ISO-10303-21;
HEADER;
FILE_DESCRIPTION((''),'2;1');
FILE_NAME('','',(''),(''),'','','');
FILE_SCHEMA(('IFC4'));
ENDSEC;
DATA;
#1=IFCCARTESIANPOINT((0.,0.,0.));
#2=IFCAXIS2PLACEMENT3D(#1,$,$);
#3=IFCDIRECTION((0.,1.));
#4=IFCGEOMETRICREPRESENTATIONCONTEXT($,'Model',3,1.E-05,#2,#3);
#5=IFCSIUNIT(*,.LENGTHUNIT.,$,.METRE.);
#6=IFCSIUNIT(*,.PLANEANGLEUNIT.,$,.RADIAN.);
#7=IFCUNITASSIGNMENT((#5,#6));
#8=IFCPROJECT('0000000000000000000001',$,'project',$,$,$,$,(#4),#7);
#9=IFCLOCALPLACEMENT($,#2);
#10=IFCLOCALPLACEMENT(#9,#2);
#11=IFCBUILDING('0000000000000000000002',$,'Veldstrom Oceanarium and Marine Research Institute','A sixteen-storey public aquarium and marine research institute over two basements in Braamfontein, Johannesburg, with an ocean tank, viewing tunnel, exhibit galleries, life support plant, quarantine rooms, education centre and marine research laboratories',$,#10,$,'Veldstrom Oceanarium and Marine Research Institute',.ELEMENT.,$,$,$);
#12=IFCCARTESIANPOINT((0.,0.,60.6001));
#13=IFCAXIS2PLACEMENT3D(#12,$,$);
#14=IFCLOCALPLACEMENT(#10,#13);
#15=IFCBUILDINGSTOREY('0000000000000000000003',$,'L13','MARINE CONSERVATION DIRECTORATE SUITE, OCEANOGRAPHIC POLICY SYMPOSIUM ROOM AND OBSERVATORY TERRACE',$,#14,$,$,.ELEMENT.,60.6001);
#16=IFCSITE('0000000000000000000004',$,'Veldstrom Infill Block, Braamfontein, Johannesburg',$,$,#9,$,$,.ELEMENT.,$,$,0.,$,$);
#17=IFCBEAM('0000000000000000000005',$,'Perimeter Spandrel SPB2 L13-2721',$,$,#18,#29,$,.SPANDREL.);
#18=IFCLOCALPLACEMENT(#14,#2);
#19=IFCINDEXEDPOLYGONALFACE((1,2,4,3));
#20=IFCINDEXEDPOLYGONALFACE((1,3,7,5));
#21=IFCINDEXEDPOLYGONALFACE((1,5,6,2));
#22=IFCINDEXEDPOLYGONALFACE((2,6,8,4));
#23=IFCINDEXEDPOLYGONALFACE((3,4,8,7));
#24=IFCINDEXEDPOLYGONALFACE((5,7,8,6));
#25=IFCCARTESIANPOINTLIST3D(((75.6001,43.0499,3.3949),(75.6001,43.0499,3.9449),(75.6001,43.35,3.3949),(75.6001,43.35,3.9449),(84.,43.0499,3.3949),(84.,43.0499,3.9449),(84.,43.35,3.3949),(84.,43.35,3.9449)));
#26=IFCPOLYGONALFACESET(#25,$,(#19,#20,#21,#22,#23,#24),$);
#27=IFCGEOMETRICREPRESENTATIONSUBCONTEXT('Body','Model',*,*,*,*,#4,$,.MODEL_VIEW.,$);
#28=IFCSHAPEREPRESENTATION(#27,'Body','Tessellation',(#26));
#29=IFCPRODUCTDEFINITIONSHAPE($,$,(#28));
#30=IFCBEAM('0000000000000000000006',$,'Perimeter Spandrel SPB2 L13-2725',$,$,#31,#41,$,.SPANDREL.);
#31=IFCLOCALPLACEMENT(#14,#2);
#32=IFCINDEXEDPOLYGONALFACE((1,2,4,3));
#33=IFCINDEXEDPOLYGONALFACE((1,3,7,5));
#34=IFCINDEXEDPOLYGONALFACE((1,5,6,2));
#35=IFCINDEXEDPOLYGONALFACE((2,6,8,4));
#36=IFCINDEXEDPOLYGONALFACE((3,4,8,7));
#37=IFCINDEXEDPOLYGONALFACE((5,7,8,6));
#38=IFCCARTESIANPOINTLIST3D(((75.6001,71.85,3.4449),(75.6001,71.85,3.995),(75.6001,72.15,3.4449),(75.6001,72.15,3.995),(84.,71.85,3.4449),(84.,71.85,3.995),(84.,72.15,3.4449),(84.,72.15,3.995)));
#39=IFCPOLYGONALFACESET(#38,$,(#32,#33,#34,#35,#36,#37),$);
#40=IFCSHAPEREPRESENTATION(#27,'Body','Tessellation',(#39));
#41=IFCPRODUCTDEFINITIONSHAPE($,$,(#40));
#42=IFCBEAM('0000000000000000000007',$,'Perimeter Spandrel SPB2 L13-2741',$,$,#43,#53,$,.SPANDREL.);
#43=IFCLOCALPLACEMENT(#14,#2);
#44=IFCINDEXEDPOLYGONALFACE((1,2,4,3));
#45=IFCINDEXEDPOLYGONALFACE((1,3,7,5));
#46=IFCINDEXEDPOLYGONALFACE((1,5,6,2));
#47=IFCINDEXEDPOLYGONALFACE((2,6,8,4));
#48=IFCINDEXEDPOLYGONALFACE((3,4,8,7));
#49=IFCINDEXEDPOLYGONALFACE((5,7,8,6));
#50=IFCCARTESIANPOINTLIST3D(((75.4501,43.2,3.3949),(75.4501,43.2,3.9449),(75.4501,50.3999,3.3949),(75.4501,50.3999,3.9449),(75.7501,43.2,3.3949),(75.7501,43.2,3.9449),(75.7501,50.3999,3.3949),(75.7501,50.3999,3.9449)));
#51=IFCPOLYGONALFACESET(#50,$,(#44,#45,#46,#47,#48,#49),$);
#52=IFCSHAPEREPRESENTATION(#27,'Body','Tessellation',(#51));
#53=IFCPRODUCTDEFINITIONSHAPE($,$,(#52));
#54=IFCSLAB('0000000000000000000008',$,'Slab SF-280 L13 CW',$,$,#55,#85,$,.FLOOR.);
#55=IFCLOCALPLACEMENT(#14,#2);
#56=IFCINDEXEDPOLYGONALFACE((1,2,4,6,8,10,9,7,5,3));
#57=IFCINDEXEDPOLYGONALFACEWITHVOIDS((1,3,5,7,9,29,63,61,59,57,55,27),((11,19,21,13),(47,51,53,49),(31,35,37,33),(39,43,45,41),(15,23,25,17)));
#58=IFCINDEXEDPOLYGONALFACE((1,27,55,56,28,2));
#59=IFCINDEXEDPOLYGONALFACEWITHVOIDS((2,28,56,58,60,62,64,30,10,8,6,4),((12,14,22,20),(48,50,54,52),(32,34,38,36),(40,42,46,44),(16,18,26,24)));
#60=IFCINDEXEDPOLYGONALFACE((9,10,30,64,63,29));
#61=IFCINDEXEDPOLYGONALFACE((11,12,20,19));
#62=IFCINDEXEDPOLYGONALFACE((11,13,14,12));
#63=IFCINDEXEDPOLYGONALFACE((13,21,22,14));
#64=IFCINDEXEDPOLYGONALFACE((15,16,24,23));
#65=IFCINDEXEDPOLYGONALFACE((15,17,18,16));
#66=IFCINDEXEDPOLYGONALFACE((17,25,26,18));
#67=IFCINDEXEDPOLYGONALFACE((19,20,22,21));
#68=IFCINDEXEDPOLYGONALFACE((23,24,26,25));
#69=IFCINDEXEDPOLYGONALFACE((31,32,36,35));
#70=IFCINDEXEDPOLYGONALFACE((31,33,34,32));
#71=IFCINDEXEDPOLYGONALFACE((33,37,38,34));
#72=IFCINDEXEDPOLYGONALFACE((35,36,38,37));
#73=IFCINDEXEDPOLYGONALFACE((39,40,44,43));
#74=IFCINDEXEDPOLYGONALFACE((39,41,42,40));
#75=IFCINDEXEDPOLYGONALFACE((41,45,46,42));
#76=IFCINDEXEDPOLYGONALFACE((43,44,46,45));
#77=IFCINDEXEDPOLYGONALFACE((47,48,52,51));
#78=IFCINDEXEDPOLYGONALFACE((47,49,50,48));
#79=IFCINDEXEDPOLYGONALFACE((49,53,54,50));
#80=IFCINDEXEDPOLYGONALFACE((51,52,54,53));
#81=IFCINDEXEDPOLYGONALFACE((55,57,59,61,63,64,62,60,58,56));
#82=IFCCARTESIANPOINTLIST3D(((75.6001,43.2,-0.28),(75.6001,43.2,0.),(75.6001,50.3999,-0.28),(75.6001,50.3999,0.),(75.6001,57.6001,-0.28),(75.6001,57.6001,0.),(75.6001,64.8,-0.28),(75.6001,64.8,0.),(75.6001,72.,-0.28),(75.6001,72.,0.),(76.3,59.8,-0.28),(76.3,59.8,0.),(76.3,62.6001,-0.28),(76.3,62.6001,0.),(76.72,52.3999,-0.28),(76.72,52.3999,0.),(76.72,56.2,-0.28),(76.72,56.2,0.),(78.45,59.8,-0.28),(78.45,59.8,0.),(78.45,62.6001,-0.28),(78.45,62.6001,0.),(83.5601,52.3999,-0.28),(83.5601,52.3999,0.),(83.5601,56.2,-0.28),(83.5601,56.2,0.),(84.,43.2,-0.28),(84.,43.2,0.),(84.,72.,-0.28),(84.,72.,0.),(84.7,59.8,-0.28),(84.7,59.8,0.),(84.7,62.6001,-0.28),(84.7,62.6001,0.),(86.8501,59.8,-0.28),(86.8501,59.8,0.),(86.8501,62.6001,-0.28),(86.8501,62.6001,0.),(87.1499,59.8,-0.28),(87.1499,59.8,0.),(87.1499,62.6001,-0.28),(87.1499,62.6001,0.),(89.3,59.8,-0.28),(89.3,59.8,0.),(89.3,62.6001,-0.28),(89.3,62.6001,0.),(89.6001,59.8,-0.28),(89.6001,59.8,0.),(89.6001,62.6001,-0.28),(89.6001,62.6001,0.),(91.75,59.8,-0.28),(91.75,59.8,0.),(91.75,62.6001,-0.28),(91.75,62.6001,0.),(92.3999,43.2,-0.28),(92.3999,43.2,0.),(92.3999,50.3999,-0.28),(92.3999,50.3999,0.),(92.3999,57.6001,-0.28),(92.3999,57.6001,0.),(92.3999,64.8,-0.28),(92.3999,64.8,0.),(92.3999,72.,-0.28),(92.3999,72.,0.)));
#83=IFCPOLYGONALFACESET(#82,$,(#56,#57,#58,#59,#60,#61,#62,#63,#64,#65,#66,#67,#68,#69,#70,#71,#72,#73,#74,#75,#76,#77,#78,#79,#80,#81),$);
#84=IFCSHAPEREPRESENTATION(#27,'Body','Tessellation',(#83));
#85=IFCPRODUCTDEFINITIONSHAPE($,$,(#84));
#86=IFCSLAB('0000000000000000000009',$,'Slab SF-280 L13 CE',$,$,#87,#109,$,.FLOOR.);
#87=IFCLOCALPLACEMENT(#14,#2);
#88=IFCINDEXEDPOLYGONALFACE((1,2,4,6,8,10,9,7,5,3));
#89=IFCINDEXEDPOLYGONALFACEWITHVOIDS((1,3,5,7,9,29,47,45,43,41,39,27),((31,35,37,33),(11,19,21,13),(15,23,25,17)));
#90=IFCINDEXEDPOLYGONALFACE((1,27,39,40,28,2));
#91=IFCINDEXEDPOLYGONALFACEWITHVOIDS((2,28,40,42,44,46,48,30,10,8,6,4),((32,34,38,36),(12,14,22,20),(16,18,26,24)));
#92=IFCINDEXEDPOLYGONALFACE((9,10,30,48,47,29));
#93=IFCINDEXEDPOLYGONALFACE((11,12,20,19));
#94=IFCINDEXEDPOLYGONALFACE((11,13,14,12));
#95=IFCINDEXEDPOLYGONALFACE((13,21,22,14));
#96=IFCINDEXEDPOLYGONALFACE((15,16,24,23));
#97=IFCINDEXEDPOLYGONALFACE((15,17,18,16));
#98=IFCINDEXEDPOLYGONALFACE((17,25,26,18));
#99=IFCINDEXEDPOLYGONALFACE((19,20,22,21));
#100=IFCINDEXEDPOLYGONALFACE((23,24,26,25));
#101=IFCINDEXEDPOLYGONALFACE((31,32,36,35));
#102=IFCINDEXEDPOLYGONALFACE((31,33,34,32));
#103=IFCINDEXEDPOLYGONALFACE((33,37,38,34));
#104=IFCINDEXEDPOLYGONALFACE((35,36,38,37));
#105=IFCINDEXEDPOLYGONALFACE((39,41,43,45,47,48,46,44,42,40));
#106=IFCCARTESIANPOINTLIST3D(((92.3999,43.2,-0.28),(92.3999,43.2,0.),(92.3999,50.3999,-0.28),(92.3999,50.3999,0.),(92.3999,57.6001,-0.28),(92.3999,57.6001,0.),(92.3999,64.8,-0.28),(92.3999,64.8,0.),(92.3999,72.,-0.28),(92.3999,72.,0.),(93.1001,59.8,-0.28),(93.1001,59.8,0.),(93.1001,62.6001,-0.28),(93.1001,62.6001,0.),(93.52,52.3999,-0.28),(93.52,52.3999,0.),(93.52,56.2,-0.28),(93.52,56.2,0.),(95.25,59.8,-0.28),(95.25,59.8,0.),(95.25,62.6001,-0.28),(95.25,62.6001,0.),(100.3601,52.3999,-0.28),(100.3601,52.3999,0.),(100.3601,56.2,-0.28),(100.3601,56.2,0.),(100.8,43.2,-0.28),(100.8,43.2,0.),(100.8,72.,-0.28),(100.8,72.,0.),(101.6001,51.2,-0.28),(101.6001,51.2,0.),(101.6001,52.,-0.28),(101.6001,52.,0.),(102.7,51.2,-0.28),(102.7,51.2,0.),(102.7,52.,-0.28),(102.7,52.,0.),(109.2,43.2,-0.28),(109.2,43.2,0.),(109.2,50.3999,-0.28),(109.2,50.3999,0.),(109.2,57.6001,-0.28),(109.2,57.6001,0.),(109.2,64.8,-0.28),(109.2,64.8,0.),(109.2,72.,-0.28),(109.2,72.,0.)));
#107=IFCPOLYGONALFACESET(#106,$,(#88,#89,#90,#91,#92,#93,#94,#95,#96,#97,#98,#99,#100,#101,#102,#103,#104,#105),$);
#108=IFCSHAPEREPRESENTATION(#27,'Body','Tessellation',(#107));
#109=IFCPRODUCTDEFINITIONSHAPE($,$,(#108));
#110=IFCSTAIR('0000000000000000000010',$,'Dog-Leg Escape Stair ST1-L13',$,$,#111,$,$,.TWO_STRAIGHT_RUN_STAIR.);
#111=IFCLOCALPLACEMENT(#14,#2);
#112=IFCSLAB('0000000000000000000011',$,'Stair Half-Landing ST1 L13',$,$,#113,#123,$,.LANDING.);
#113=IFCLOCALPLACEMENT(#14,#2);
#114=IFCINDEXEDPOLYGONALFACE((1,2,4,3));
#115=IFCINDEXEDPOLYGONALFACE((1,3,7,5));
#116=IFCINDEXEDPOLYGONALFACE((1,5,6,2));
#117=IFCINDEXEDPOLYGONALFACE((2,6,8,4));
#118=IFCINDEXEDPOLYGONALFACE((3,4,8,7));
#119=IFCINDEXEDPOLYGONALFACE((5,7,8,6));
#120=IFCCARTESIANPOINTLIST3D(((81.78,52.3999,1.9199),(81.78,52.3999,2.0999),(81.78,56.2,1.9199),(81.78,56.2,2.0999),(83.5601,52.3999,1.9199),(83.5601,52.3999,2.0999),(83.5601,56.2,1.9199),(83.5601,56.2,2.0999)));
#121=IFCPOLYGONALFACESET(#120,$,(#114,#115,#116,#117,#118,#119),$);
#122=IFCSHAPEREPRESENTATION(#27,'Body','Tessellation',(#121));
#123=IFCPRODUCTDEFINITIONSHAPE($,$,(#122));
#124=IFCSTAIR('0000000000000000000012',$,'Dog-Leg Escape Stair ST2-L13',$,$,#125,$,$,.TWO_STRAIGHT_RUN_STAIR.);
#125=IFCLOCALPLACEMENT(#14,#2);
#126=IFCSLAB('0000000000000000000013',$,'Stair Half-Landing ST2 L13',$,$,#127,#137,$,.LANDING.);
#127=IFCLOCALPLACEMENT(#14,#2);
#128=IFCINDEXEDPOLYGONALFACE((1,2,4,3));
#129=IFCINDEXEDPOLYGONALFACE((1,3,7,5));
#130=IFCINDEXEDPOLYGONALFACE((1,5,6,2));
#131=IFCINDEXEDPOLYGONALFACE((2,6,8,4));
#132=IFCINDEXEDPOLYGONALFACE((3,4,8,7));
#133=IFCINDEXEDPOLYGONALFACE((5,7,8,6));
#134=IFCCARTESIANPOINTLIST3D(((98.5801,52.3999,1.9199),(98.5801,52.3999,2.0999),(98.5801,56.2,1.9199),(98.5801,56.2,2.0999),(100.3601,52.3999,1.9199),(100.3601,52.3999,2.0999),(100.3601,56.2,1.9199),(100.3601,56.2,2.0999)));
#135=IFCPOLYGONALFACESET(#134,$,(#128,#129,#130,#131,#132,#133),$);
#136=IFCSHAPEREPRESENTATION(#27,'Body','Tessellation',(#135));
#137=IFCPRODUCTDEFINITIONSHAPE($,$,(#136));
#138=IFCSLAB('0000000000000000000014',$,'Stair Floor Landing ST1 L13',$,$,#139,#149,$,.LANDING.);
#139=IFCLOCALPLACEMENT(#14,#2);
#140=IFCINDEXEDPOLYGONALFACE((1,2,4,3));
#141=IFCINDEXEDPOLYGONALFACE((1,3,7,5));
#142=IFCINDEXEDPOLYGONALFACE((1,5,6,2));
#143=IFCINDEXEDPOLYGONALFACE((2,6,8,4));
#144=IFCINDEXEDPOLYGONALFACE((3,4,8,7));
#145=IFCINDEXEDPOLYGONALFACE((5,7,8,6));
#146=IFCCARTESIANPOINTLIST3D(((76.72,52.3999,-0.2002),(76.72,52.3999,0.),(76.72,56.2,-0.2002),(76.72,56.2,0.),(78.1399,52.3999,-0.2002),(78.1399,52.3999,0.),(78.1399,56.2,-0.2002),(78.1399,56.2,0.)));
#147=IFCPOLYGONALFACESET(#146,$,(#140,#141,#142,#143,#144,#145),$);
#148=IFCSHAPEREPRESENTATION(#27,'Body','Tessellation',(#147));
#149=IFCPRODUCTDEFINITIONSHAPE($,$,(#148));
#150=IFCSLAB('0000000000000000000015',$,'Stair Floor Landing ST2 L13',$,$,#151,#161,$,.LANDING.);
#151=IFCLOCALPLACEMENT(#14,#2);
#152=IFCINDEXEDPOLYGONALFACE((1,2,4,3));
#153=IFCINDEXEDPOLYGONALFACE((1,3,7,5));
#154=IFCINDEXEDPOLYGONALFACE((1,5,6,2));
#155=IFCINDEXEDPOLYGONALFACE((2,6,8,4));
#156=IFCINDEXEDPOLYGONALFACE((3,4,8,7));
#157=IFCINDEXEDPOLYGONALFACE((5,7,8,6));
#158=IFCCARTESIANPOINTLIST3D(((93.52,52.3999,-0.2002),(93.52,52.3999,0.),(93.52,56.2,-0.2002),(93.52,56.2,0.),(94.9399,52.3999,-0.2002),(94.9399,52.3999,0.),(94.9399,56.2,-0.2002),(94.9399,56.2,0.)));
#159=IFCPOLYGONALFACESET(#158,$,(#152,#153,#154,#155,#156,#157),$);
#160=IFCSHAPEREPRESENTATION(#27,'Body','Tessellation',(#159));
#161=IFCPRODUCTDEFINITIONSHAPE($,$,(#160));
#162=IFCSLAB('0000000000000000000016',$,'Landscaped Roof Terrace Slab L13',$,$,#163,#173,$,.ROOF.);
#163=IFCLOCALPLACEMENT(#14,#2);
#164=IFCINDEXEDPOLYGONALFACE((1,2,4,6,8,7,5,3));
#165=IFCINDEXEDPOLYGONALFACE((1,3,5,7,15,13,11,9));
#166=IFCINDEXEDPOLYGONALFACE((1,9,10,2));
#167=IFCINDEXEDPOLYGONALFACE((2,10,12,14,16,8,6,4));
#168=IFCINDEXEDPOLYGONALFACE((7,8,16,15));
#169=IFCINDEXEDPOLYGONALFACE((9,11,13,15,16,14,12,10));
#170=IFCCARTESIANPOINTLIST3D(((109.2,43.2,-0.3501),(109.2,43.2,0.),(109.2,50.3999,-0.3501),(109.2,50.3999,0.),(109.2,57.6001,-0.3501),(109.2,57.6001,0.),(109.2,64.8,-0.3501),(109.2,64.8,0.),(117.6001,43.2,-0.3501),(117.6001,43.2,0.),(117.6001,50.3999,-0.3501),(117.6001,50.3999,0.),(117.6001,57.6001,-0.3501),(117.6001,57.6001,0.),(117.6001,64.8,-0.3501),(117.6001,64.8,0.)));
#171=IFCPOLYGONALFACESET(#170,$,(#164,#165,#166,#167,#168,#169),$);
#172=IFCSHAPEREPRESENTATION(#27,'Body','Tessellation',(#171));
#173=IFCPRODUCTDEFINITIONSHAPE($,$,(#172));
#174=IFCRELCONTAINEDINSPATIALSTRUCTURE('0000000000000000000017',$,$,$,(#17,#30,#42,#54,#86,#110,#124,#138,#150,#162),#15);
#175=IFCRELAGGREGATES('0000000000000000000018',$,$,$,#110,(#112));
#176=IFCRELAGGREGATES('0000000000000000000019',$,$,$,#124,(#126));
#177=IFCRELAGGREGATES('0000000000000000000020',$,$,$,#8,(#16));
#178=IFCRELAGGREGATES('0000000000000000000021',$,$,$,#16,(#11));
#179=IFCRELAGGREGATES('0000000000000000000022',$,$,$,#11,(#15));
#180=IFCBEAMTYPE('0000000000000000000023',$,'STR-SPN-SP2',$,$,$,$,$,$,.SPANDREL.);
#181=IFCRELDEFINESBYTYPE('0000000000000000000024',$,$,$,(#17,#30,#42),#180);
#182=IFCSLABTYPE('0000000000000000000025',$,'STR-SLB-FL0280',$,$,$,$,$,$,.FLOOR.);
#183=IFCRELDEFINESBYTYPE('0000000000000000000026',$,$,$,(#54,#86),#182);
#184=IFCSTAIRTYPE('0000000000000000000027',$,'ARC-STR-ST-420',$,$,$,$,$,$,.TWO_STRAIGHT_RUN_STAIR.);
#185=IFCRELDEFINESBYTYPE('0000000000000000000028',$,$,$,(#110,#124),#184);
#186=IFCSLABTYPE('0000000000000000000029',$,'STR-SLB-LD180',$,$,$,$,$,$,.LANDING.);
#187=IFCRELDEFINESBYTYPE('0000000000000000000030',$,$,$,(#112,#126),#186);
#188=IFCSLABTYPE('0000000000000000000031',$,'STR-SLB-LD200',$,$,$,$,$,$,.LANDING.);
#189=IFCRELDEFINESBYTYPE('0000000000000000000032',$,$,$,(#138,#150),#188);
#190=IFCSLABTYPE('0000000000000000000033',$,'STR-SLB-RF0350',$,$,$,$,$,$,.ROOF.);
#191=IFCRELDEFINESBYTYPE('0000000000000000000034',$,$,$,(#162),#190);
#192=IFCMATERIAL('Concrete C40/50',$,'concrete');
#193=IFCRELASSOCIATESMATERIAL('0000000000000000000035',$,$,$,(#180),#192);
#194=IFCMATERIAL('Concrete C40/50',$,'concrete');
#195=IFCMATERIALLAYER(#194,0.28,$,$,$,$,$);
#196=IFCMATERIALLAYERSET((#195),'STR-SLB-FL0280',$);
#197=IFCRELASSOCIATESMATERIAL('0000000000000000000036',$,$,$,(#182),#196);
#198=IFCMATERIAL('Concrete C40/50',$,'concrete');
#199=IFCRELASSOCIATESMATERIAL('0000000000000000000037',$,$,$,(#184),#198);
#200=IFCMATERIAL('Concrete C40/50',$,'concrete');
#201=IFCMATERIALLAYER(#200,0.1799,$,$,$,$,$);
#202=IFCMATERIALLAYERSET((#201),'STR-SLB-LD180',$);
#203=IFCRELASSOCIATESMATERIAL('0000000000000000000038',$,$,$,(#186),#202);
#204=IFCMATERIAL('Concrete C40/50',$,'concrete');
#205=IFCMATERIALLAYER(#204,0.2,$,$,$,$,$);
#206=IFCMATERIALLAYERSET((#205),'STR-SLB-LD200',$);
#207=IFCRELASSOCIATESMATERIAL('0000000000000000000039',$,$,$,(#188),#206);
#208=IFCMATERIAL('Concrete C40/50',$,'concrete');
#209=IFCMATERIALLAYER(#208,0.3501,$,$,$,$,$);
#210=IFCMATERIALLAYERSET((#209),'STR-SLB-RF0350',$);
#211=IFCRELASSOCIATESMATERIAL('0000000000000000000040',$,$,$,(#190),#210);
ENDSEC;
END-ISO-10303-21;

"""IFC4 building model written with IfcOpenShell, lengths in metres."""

from ifc_helpers import new_model, si_unit, direction, frame, origin, origin_2d, place, context, subcontext, project, spatial, polyline, rectangle, outline, extrude, material, layer, layer_set, material_profile, profile_set, type_object, element, aggregate, save


model = new_model("IFC4")

# Units and contexts
model_context = context("Model", 3, precision=1e-05, world=origin(), true_north=direction((0.0, 1.0)))
body_context = subcontext(model_context, "Body", "Model", "MODEL_VIEW")
ifc_project = project(units=[si_unit("LENGTHUNIT", "METRE"), si_unit("PLANEANGLEUNIT", "RADIAN")], contexts=[model_context])

# Site, building, storey
site_placement = place(None, origin())
site = spatial("IfcSite", under=ifc_project, at=site_placement, Name="Veldstrom Infill Block, Braamfontein, Johannesburg", CompositionType="ELEMENT", RefElevation=0.0)
building_placement = place(site_placement, origin())
building = spatial("IfcBuilding", under=site, at=building_placement, Name="Veldstrom Oceanarium and Marine Research Institute", Description="A sixteen-storey public aquarium and marine research institute over two basements in Braamfontein, Johannesburg, with an ocean tank, viewing tunnel, exhibit galleries, life support plant, quarantine rooms, education centre and marine research laboratories", LongName="Veldstrom Oceanarium and Marine Research Institute", CompositionType="ELEMENT")
storey_placement = place(building_placement, frame((0.0, 0.0, 60.6001)))
storey = spatial("IfcBuildingStorey", under=building, at=storey_placement, Name="L13", Description="MARINE CONSERVATION DIRECTORATE SUITE, OCEANOGRAPHIC POLICY SYMPOSIUM ROOM AND OBSERVATORY TERRACE", CompositionType="ELEMENT", Elevation=60.6001)

# Beams
ifc_material_1 = material(Name="Concrete C40/50", Category="concrete")
ifc_material_profile_1 = material_profile(ifc_material_1, rectangle(XDim=0.3, YDim=0.55, at=origin_2d()), Name="RC-SPN-300x550")
ifc_profile_set_1 = profile_set([ifc_material_profile_1], Name="Concrete C40/50")
beam_type_1 = type_object("IfcBeamType", Name="STR-SPN-SP2", PredefinedType="SPANDREL", material=ifc_profile_set_1)
for number, where, z_axis, x_axis, name in (
    (1, (75.6001, 43.2, 3.6699), (1.0, 0.0, 0.0), (0.0, 1.0, 0.0), "Perimeter Spandrel SPB2 L13-2721"),
    (2, (75.6001, 72.0, 3.72), (1.0, 0.0, 0.0), (0.0, 1.0, 0.0), "Perimeter Spandrel SPB2 L13-2725"),
):
    element("IfcBeam", number, at=place(storey_placement, frame(where, z_axis=z_axis, x_axis=x_axis)), inside=storey, type_object=beam_type_1, Name=name, PredefinedType="SPANDREL", context=body_context, shape_type="SweptSolid", body=[
        extrude(rectangle(XDim=0.3, YDim=0.55, at=origin_2d()), origin(), (0.0, 0.0, 1.0), 8.3999),
    ])
beam_placement = place(storey_placement, frame((75.6001, 43.2, 3.6699), z_axis=(0.0, 1.0, 0.0), x_axis=(-1.0, 0.0, 0.0)))
element("IfcBeam", 3, at=beam_placement, inside=storey, type_object=beam_type_1, Name="Perimeter Spandrel SPB2 L13-2741", PredefinedType="SPANDREL", context=body_context, shape_type="SweptSolid", body=[
    extrude(rectangle(XDim=0.3, YDim=0.55, at=origin_2d()), origin(), (0.0, 0.0, 1.0), 7.2),
])

# Slabs
ifc_material_2 = material(Name="Concrete C40/50", Category="concrete")
ifc_layer_1 = layer(ifc_material_2, 0.28)
ifc_layer_set_1 = layer_set([ifc_layer_1], Name="STR-SLB-FL0280")
slab_type_1 = type_object("IfcSlabType", Name="STR-SLB-FL0280", PredefinedType="FLOOR", material=ifc_layer_set_1)
slab_1_placement = place(storey_placement, frame((0.0, 0.0, -0.28)))
element("IfcSlab", 4, at=slab_1_placement, inside=storey, type_object=slab_type_1, Name="Slab SF-280 L13 CW", PredefinedType="FLOOR", context=body_context, shape_type="SweptSolid", body=[
    extrude(outline(polyline([(92.3999, 50.3999), (92.3999, 43.2), (84.0, 43.2), (75.6001, 43.2), (75.6001, 50.3999), (75.6001, 57.6001), (75.6001, 64.8), (75.6001, 72.0), (84.0, 72.0), (92.3999, 72.0), (92.3999, 64.8), (92.3999, 57.6001), (92.3999, 50.3999)]), holes=[polyline([(76.72, 52.3999), (83.5601, 52.3999), (83.5601, 56.2), (76.72, 56.2), (76.72, 52.3999)]), polyline([(78.45, 62.6001), (76.3, 62.6001), (76.3, 59.8), (78.45, 59.8), (78.45, 62.6001)]), polyline([(84.7, 59.8), (86.8501, 59.8), (86.8501, 62.6001), (84.7, 62.6001), (84.7, 59.8)]), polyline([(87.1499, 62.6001), (87.1499, 59.8), (89.3, 59.8), (89.3, 62.6001), (87.1499, 62.6001)]), polyline([(91.75, 62.6001), (89.6001, 62.6001), (89.6001, 59.8), (91.75, 59.8), (91.75, 62.6001)])]), origin(), (0.0, 0.0, 1.0), 0.28),
])
slab_2_placement = place(storey_placement, frame((0.0, 0.0, -0.28)))
element("IfcSlab", 5, at=slab_2_placement, inside=storey, type_object=slab_type_1, Name="Slab SF-280 L13 CE", PredefinedType="FLOOR", context=body_context, shape_type="SweptSolid", body=[
    extrude(outline(polyline([(109.2, 43.2), (100.8, 43.2), (92.3999, 43.2), (92.3999, 50.3999), (92.3999, 57.6001), (92.3999, 64.8), (92.3999, 72.0), (100.8, 72.0), (109.2, 72.0), (109.2, 64.8), (109.2, 57.6001), (109.2, 50.3999), (109.2, 43.2)]), holes=[polyline([(93.52, 52.3999), (100.3601, 52.3999), (100.3601, 56.2), (93.52, 56.2), (93.52, 52.3999)]), polyline([(95.25, 62.6001), (93.1001, 62.6001), (93.1001, 59.8), (95.25, 59.8), (95.25, 62.6001)]), polyline([(102.7, 52.0), (101.6001, 52.0), (101.6001, 51.2), (102.7, 51.2), (102.7, 52.0)])]), origin(), (0.0, 0.0, 1.0), 0.28),
])

# Stairs, slabs
ifc_material_3 = material(Name="Concrete C40/50", Category="concrete")
stair_type = type_object("IfcStairType", Name="ARC-STR-ST-420", PredefinedType="TWO_STRAIGHT_RUN_STAIR", material=ifc_material_3)
stair_1_placement = place(storey_placement, origin())
stair_1 = element("IfcStair", 6, at=stair_1_placement, inside=storey, type_object=stair_type, Name="Dog-Leg Escape Stair ST1-L13", PredefinedType="TWO_STRAIGHT_RUN_STAIR")
ifc_material_4 = material(Name="Concrete C40/50", Category="concrete")
ifc_layer_2 = layer(ifc_material_4, 0.1799)
ifc_layer_set_2 = layer_set([ifc_layer_2], Name="STR-SLB-LD180")
slab_type_2 = type_object("IfcSlabType", Name="STR-SLB-LD180", PredefinedType="LANDING", material=ifc_layer_set_2)
slab_3_placement = place(storey_placement, frame((0.0, 0.0, 1.9199)))
slab_3 = element("IfcSlab", 7, at=slab_3_placement, type_object=slab_type_2, Name="Stair Half-Landing ST1 L13", PredefinedType="LANDING", context=body_context, shape_type="SweptSolid", body=[
    extrude(outline(polyline([(81.78, 52.3999), (83.5601, 52.3999), (83.5601, 56.2), (81.78, 56.2), (81.78, 52.3999)])), origin(), (0.0, 0.0, 1.0), 0.1799),
])
aggregate(stair_1, [slab_3])
stair_2_placement = place(storey_placement, origin())
stair_2 = element("IfcStair", 8, at=stair_2_placement, inside=storey, type_object=stair_type, Name="Dog-Leg Escape Stair ST2-L13", PredefinedType="TWO_STRAIGHT_RUN_STAIR")
slab_4_placement = place(storey_placement, frame((0.0, 0.0, 1.9199)))
slab_4 = element("IfcSlab", 9, at=slab_4_placement, type_object=slab_type_2, Name="Stair Half-Landing ST2 L13", PredefinedType="LANDING", context=body_context, shape_type="SweptSolid", body=[
    extrude(outline(polyline([(98.5801, 52.3999), (100.3601, 52.3999), (100.3601, 56.2), (98.5801, 56.2), (98.5801, 52.3999)])), origin(), (0.0, 0.0, 1.0), 0.1799),
])
aggregate(stair_2, [slab_4])

# Slabs
ifc_material_5 = material(Name="Concrete C40/50", Category="concrete")
ifc_layer_3 = layer(ifc_material_5, 0.2)
ifc_layer_set_3 = layer_set([ifc_layer_3], Name="STR-SLB-LD200")
slab_type_3 = type_object("IfcSlabType", Name="STR-SLB-LD200", PredefinedType="LANDING", material=ifc_layer_set_3)
slab_5_placement = place(storey_placement, frame((0.0, 0.0, -0.2002)))
element("IfcSlab", 10, at=slab_5_placement, inside=storey, type_object=slab_type_3, Name="Stair Floor Landing ST1 L13", PredefinedType="LANDING", context=body_context, shape_type="SweptSolid", body=[
    extrude(outline(polyline([(76.72, 52.3999), (78.1399, 52.3999), (78.1399, 56.2), (76.72, 56.2), (76.72, 52.3999)])), origin(), (0.0, 0.0, 1.0), 0.2002),
])
slab_6_placement = place(storey_placement, frame((0.0, 0.0, -0.2002)))
element("IfcSlab", 11, at=slab_6_placement, inside=storey, type_object=slab_type_3, Name="Stair Floor Landing ST2 L13", PredefinedType="LANDING", context=body_context, shape_type="SweptSolid", body=[
    extrude(outline(polyline([(93.52, 52.3999), (94.9399, 52.3999), (94.9399, 56.2), (93.52, 56.2), (93.52, 52.3999)])), origin(), (0.0, 0.0, 1.0), 0.2002),
])
ifc_material_6 = material(Name="Concrete C40/50", Category="concrete")
ifc_layer_4 = layer(ifc_material_6, 0.3501)
ifc_layer_set_4 = layer_set([ifc_layer_4], Name="STR-SLB-RF0350")
slab_type_4 = type_object("IfcSlabType", Name="STR-SLB-RF0350", PredefinedType="ROOF", material=ifc_layer_set_4)
slab_7_placement = place(storey_placement, frame((0.0, 0.0, -0.3501)))
element("IfcSlab", 12, at=slab_7_placement, inside=storey, type_object=slab_type_4, Name="Landscaped Roof Terrace Slab L13", PredefinedType="ROOF", context=body_context, shape_type="SweptSolid", body=[
    extrude(outline(polyline([(117.6001, 43.2), (109.2, 43.2), (109.2, 50.3999), (109.2, 57.6001), (109.2, 64.8), (117.6001, 64.8), (117.6001, 57.6001), (117.6001, 50.3999), (117.6001, 43.2)])), origin(), (0.0, 0.0, 1.0), 0.3501),
])

save(model, "model.ifc")
